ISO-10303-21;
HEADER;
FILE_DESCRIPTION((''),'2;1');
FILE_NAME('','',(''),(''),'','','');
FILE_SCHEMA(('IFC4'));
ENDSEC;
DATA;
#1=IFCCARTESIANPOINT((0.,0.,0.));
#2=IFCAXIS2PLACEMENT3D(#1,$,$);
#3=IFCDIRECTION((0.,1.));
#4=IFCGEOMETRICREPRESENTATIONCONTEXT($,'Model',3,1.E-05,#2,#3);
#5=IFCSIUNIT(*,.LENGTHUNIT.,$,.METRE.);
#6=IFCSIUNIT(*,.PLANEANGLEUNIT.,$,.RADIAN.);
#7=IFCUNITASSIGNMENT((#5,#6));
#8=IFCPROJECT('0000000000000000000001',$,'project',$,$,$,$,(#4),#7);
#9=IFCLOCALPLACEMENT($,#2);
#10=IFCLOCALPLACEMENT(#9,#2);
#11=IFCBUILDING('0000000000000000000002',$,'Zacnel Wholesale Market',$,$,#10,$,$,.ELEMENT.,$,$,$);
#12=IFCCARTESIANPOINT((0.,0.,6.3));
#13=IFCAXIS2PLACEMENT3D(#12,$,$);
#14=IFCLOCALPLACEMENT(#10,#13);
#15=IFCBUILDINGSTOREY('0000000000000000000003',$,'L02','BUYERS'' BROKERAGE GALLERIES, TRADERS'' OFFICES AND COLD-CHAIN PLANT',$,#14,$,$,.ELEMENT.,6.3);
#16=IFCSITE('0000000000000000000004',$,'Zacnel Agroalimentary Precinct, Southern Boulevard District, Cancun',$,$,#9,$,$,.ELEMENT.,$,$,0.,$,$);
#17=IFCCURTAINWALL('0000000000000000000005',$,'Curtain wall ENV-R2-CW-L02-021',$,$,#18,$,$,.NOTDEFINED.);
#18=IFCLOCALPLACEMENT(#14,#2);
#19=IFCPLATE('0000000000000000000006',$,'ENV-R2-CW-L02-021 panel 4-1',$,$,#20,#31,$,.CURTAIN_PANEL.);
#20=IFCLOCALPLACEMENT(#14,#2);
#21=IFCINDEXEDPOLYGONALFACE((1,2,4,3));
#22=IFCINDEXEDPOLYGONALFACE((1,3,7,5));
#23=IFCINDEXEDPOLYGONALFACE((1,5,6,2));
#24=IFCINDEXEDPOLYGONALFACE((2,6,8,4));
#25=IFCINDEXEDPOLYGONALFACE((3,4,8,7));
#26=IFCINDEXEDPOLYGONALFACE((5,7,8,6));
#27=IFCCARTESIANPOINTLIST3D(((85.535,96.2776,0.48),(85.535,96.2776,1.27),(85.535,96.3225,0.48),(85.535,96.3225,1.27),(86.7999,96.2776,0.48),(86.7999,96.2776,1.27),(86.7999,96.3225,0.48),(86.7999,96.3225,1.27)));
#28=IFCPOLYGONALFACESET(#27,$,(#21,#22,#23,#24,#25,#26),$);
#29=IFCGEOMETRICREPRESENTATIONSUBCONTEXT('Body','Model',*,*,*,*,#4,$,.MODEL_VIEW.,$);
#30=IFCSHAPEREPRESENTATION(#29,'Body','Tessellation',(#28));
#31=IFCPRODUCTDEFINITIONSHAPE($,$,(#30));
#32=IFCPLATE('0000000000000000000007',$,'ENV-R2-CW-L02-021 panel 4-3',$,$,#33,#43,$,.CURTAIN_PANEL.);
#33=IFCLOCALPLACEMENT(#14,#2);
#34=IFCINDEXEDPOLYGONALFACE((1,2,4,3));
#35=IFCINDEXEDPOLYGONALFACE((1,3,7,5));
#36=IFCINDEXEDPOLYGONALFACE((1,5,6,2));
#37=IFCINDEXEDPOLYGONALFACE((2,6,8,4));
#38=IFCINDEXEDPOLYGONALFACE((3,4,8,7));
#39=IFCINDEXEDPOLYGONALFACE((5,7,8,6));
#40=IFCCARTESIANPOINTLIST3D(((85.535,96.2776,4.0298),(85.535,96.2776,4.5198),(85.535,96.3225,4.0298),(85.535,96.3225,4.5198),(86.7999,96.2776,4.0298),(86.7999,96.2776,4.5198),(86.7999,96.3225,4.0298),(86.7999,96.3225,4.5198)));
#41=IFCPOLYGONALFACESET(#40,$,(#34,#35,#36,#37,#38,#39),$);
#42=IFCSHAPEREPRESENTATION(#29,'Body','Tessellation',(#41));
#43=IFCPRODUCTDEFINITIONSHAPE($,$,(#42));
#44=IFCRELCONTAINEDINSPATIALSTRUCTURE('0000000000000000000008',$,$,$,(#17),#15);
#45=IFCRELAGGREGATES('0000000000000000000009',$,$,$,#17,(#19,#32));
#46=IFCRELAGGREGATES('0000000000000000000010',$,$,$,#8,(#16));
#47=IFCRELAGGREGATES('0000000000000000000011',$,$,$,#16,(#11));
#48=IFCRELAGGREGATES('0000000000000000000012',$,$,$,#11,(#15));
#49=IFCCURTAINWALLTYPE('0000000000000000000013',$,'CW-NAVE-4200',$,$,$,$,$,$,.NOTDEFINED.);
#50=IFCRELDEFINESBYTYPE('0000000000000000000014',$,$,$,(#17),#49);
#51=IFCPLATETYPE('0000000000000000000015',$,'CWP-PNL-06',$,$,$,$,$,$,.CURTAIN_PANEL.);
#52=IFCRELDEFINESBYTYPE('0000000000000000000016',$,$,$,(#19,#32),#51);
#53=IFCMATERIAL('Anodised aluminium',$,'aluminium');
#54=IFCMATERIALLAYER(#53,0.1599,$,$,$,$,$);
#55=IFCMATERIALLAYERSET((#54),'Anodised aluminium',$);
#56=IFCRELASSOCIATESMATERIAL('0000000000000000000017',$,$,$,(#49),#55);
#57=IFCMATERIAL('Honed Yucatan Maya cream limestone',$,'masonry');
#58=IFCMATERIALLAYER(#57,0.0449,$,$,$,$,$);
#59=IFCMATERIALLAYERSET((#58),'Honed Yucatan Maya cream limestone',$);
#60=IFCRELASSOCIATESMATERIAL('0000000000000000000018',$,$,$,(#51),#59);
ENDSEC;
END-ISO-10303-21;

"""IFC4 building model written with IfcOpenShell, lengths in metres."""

from ifc_helpers import new_model, si_unit, direction, frame, origin, origin_2d, place, context, subcontext, project, spatial, rectangle, extrude, material, layer, layer_set, type_object, element, aggregate, save


model = new_model("IFC4")

# Units and contexts
model_context = context("Model", 3, precision=1e-05, world=origin(), true_north=direction((0.0, 1.0)))
body_context = subcontext(model_context, "Body", "Model", "MODEL_VIEW")
ifc_project = project(units=[si_unit("LENGTHUNIT", "METRE"), si_unit("PLANEANGLEUNIT", "RADIAN")], contexts=[model_context])

# Site, building, storey
site_placement = place(None, origin())
site = spatial("IfcSite", under=ifc_project, at=site_placement, Name="Zacnel Agroalimentary Precinct, Southern Boulevard District, Cancun", CompositionType="ELEMENT", RefElevation=0.0)
building_placement = place(site_placement, origin())
building = spatial("IfcBuilding", under=site, at=building_placement, Name="Zacnel Wholesale Market", CompositionType="ELEMENT")
storey_placement = place(building_placement, frame((0.0, 0.0, 6.3)))
storey = spatial("IfcBuildingStorey", under=building, at=storey_placement, Name="L02", Description="BUYERS' BROKERAGE GALLERIES, TRADERS' OFFICES AND COLD-CHAIN PLANT", CompositionType="ELEMENT", Elevation=6.3)

# Curtain wall, plates
ifc_material_1 = material(Name="Anodised aluminium", Category="aluminium")
ifc_layer_1 = layer(ifc_material_1, 0.1599)
ifc_layer_set_1 = layer_set([ifc_layer_1], Name="Anodised aluminium")
curtain_wall_type = type_object("IfcCurtainWallType", Name="CW-NAVE-4200", PredefinedType="NOTDEFINED", material=ifc_layer_set_1)
curtain_wall_placement = place(storey_placement, origin())
curtain_wall = element("IfcCurtainWall", 1, at=curtain_wall_placement, inside=storey, type_object=curtain_wall_type, Name="Curtain wall ENV-R2-CW-L02-021", PredefinedType="NOTDEFINED")
ifc_material_2 = material(Name="Honed Yucatan Maya cream limestone", Category="masonry")
ifc_layer_2 = layer(ifc_material_2, 0.0449)
ifc_layer_set_2 = layer_set([ifc_layer_2], Name="Honed Yucatan Maya cream limestone")
plate_type_1 = type_object("IfcPlateType", Name="CWP-PNL-06", PredefinedType="CURTAIN_PANEL", material=ifc_layer_set_2)
plate_1_placement = place(storey_placement, frame((86.1675, 96.3, 0.48), z_axis=(0.0, 0.0, 1.0), x_axis=(1.0, 0.0, 0.0)))
plate_1 = element("IfcPlate", 2, at=plate_1_placement, type_object=plate_type_1, Name="ENV-R2-CW-L02-021 panel 4-1", PredefinedType="CURTAIN_PANEL", context=body_context, shape_type="SweptSolid", body=[
    extrude(rectangle(XDim=1.2649, YDim=0.0449, at=origin_2d()), origin(), (0.0, 0.0, 1.0), 0.79),
])
plate_2_placement = place(storey_placement, frame((86.1675, 96.3, 4.0298), z_axis=(0.0, 0.0, 1.0), x_axis=(1.0, 0.0, 0.0)))
plate_2 = element("IfcPlate", 3, at=plate_2_placement, type_object=plate_type_1, Name="ENV-R2-CW-L02-021 panel 4-3", PredefinedType="CURTAIN_PANEL", context=body_context, shape_type="SweptSolid", body=[
    extrude(rectangle(XDim=1.2649, YDim=0.0449, at=origin_2d()), origin(), (0.0, 0.0, 1.0), 0.49),
])
aggregate(curtain_wall, [plate_1, plate_2])

save(model, "model.ifc")
